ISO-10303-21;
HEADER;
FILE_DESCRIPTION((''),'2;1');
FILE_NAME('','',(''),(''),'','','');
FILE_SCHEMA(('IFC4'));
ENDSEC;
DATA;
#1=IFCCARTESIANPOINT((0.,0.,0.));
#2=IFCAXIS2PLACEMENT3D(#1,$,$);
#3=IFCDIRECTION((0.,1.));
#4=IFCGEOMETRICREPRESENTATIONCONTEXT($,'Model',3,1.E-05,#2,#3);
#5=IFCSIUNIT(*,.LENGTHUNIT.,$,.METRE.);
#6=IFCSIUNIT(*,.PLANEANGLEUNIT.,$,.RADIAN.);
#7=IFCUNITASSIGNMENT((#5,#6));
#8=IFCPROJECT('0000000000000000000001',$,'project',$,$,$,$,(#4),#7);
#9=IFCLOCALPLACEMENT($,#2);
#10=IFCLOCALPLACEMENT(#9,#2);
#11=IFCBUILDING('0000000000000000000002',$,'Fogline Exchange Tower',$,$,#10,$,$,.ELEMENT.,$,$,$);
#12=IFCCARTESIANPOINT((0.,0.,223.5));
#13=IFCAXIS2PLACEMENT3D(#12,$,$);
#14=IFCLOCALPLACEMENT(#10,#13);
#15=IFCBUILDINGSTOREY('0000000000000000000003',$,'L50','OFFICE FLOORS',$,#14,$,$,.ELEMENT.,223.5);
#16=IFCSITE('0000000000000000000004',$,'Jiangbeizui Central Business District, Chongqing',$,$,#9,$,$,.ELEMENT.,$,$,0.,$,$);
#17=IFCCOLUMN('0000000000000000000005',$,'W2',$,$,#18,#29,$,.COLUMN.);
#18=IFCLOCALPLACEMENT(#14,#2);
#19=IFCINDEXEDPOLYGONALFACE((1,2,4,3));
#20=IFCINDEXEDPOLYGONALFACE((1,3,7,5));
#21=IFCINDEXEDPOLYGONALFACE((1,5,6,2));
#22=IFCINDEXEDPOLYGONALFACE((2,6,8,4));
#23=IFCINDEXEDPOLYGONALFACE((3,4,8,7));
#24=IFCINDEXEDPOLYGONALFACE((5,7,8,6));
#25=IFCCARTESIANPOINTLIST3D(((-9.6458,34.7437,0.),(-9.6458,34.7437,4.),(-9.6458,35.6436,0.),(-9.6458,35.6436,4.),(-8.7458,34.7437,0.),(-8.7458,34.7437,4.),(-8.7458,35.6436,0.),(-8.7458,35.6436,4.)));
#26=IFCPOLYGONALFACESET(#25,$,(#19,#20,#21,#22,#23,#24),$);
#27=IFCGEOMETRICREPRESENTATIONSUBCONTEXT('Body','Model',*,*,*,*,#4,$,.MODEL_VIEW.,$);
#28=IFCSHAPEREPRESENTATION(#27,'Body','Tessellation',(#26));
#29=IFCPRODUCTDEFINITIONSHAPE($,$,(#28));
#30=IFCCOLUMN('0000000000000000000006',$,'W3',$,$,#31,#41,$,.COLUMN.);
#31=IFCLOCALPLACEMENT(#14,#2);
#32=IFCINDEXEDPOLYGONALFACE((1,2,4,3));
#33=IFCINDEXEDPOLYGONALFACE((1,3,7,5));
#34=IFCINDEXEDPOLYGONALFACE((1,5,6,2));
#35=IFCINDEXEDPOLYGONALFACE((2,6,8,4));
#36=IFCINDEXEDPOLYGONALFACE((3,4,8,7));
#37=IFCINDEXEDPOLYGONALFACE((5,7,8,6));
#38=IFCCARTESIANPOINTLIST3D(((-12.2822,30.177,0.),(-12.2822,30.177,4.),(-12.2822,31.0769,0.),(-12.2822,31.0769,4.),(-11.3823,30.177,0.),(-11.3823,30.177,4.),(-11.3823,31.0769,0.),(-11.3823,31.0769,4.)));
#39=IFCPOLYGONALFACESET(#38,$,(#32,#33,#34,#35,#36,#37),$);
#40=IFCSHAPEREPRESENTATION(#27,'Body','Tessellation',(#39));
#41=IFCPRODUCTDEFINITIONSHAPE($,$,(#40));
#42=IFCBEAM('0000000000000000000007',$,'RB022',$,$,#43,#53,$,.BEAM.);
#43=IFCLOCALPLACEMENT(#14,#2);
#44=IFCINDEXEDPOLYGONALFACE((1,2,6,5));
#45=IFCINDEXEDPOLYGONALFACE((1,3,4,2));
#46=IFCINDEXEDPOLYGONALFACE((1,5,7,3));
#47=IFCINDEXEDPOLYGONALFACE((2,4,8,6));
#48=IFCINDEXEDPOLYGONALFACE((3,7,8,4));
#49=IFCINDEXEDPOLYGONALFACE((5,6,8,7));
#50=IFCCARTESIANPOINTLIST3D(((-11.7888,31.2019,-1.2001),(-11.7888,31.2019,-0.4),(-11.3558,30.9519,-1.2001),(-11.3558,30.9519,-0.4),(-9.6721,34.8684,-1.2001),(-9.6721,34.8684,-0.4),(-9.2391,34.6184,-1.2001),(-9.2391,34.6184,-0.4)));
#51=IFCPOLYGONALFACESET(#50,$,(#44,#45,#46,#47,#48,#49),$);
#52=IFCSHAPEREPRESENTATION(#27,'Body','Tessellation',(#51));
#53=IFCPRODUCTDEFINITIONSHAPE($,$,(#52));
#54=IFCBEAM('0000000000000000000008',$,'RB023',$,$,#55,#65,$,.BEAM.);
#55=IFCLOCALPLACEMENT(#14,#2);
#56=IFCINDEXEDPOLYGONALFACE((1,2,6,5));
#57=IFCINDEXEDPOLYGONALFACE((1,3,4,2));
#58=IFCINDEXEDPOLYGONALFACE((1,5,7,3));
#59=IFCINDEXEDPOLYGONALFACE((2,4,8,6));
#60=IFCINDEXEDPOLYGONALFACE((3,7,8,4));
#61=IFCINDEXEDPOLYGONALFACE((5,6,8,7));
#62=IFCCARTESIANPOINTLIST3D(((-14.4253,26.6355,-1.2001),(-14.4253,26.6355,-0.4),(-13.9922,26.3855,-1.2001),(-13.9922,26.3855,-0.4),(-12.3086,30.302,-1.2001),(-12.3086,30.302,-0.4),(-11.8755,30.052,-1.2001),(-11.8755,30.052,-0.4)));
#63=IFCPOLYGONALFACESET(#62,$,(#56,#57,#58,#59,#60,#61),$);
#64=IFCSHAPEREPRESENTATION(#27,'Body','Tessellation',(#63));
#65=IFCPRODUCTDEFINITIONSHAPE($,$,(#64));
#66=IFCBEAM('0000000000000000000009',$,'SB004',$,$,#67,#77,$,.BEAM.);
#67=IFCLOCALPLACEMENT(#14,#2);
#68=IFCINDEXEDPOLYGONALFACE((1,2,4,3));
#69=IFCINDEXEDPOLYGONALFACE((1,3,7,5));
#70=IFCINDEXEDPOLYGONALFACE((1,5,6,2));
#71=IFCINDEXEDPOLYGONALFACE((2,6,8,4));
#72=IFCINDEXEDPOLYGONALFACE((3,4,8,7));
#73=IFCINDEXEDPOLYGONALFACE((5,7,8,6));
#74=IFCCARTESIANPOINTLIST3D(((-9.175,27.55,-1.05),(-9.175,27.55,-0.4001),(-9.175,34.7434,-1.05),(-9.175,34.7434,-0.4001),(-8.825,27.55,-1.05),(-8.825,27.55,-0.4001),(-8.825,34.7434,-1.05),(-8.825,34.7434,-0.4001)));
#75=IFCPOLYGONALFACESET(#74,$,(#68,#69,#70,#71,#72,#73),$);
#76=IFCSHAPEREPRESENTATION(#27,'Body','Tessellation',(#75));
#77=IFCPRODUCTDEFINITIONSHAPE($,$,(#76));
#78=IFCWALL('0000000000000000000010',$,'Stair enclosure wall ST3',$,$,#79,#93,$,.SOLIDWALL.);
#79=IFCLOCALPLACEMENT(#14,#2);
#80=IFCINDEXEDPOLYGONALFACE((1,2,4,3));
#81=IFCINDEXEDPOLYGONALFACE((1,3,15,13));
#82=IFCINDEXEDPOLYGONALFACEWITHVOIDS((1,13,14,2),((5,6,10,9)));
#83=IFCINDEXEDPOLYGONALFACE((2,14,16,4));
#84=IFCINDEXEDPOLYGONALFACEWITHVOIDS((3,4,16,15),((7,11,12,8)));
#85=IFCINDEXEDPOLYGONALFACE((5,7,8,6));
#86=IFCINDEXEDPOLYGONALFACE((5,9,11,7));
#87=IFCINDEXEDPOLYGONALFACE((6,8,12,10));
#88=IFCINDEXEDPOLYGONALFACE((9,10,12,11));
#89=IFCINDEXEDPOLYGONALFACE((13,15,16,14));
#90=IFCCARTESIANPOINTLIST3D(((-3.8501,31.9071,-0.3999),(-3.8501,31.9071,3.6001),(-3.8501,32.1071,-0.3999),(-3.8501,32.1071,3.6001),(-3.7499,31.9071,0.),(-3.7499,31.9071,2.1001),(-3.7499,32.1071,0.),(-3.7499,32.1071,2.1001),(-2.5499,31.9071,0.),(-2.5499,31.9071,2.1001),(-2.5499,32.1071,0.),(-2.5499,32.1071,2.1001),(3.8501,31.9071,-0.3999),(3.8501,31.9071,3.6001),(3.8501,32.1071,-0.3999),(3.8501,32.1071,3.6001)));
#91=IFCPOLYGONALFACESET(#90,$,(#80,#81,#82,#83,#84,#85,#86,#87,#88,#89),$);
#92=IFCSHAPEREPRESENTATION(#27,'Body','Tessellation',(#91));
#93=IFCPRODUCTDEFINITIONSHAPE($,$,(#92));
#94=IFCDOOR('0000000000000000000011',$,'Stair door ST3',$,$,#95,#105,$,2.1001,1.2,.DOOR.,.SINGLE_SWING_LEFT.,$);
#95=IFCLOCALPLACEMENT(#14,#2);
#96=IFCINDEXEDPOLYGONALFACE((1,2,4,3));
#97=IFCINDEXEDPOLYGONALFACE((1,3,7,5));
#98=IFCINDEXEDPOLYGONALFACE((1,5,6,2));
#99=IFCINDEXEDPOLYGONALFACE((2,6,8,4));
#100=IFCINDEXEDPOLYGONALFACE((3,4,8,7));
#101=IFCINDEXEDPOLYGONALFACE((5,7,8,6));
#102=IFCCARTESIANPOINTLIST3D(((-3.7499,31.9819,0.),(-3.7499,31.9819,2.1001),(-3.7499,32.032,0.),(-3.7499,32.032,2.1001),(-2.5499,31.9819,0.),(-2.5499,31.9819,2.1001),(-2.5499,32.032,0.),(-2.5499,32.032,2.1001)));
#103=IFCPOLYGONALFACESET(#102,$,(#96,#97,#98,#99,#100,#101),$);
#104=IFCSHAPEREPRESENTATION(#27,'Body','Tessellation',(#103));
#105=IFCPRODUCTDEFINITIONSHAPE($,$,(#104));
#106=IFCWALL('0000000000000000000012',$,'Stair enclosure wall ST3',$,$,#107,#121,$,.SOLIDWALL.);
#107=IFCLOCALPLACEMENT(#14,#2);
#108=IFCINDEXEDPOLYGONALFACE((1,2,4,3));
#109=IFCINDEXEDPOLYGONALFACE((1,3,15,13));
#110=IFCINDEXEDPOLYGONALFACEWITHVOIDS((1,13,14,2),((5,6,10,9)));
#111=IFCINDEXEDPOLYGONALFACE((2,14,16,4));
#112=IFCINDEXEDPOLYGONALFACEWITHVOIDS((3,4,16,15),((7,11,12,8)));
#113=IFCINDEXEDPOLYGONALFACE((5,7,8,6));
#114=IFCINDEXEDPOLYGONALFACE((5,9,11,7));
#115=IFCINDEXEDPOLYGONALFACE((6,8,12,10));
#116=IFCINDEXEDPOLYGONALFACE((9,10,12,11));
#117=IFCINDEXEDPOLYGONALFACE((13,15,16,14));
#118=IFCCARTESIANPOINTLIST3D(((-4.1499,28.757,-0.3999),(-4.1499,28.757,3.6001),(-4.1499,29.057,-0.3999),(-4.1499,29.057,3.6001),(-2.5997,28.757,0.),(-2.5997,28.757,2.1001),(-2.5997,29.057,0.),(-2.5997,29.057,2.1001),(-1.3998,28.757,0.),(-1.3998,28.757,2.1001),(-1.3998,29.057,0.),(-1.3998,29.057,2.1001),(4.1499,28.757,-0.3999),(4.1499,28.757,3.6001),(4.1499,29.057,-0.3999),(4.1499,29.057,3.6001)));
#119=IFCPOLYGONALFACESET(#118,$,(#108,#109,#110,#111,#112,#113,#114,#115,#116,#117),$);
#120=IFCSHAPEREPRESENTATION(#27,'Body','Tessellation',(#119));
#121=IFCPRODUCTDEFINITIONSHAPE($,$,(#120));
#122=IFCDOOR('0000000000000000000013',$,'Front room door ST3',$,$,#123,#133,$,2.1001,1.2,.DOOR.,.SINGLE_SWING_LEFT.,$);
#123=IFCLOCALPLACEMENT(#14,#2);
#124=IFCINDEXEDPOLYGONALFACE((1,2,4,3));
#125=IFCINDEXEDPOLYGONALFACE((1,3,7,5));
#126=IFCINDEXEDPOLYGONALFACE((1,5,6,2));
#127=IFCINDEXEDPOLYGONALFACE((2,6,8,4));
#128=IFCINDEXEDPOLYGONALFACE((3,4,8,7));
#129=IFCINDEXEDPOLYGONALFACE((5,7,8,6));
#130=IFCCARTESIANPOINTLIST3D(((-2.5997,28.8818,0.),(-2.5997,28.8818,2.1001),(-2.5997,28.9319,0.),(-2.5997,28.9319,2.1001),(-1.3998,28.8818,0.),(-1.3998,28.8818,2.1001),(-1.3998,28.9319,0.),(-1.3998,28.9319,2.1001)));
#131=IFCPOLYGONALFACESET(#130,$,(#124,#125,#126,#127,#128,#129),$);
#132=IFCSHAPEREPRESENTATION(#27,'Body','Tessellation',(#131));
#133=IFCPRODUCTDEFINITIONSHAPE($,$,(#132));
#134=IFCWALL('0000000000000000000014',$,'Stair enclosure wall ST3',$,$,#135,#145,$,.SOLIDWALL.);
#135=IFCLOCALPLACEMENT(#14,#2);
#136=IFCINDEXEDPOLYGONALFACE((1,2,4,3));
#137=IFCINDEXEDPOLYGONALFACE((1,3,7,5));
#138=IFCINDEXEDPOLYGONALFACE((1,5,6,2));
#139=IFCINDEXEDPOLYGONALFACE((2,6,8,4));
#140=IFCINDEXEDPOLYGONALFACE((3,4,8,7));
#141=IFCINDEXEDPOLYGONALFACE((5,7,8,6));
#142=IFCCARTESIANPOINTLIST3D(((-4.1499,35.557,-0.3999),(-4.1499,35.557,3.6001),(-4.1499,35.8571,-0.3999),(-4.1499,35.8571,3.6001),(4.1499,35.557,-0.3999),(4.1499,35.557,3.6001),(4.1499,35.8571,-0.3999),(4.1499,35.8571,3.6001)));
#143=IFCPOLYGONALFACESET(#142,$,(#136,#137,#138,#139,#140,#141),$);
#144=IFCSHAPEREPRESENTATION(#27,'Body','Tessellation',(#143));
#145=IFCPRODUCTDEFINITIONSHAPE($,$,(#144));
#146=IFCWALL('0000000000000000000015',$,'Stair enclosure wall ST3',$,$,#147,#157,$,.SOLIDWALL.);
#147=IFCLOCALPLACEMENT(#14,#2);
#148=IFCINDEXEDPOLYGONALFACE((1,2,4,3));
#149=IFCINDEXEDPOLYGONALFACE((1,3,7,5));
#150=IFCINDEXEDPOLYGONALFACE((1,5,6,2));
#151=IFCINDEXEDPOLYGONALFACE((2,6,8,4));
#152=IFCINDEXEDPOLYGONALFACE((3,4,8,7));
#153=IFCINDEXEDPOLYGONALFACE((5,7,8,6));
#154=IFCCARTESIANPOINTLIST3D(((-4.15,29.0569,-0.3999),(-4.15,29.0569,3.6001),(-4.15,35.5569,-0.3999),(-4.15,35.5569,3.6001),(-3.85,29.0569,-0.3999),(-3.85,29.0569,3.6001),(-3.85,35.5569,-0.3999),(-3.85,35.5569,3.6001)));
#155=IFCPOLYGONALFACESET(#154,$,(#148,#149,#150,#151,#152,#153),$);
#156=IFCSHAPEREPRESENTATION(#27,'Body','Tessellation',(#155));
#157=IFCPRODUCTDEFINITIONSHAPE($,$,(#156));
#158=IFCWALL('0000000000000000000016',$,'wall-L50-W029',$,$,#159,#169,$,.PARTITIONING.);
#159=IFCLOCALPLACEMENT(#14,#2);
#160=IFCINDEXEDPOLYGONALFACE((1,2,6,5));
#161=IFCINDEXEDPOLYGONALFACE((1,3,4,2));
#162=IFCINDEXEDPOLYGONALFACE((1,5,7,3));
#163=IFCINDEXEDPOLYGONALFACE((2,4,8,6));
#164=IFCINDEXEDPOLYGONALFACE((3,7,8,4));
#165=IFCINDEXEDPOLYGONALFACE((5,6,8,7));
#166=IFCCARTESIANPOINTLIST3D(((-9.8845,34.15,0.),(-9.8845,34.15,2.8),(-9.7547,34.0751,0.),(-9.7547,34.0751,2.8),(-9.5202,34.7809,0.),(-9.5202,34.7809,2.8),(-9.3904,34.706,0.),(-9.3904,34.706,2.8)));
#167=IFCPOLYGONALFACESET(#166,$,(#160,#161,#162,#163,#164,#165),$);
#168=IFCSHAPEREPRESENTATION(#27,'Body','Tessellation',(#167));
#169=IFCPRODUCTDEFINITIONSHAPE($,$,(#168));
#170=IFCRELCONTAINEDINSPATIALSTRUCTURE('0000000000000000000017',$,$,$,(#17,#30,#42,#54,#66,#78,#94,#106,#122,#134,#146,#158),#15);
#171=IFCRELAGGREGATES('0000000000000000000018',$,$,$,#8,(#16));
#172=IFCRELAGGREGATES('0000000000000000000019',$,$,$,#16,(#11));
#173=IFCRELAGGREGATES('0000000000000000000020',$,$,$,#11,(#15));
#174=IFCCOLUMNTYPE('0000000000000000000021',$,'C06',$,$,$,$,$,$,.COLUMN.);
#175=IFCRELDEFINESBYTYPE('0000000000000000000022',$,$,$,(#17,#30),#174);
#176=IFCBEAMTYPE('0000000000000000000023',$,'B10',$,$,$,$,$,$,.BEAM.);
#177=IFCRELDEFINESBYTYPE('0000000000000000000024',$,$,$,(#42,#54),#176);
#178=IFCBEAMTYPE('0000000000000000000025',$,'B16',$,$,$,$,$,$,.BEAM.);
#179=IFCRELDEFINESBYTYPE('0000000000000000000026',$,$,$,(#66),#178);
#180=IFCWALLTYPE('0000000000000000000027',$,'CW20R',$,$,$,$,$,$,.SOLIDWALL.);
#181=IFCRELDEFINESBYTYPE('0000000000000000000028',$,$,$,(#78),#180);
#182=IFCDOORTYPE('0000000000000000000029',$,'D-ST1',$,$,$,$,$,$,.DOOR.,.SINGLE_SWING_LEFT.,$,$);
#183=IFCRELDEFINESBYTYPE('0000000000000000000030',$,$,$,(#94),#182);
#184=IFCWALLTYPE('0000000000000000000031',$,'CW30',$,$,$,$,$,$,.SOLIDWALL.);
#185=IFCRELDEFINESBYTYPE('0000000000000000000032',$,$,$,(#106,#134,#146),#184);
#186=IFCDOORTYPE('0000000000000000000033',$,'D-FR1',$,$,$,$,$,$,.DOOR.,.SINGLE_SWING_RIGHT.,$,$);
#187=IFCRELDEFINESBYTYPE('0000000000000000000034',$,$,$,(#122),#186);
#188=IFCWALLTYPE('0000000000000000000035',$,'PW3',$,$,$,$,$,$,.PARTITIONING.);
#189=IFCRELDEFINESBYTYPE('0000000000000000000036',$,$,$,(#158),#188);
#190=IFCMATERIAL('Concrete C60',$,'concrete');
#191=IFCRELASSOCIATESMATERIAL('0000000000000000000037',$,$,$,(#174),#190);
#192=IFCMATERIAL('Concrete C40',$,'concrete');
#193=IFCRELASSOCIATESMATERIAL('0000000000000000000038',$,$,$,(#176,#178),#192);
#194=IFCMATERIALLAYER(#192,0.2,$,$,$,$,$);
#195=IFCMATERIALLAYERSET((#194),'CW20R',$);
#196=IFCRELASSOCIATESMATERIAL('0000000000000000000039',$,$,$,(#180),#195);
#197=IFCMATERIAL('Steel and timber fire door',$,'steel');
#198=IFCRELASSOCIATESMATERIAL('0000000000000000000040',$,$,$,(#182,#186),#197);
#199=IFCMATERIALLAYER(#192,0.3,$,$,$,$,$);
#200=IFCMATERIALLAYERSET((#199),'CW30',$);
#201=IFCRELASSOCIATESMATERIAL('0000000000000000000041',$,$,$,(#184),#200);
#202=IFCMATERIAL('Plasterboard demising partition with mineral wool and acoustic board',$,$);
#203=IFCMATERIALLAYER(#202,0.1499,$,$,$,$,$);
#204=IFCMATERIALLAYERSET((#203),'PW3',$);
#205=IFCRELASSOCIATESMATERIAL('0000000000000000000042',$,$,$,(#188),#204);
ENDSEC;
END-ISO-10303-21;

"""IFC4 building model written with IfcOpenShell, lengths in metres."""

from ifc_helpers import new_model, si_unit, direction, frame, frame_2d, origin, origin_2d, place, context, subcontext, project, spatial, rectangle, extrude, material, layer, layer_set, material_profile, profile_set, type_object, element, fill, save


model = new_model("IFC4")

# Units and contexts
model_context = context("Model", 3, precision=1e-05, world=origin(), true_north=direction((0.0, 1.0)))
body_context = subcontext(model_context, "Body", "Model", "MODEL_VIEW")
ifc_project = project(units=[si_unit("LENGTHUNIT", "METRE"), si_unit("PLANEANGLEUNIT", "RADIAN")], contexts=[model_context])

# Site, building, storey
site_placement = place(None, origin())
site = spatial("IfcSite", under=ifc_project, at=site_placement, Name="Jiangbeizui Central Business District, Chongqing", CompositionType="ELEMENT", RefElevation=0.0)
building_placement = place(site_placement, origin())
building = spatial("IfcBuilding", under=site, at=building_placement, Name="Fogline Exchange Tower", CompositionType="ELEMENT")
storey_placement = place(building_placement, frame((0.0, 0.0, 223.5)))
storey = spatial("IfcBuildingStorey", under=building, at=storey_placement, Name="L50", Description="OFFICE FLOORS", CompositionType="ELEMENT", Elevation=223.5)

# Columns
ifc_material_1 = material(Name="Concrete C60", Category="concrete")
ifc_material_profile_1 = material_profile(ifc_material_1, rectangle(XDim=0.8999, YDim=0.8999, at=origin_2d()), Name="RC 900x900")
ifc_profile_set_1 = profile_set([ifc_material_profile_1], Name="Concrete C60")
column_type = type_object("IfcColumnType", Name="C06", PredefinedType="COLUMN", material=ifc_profile_set_1)
for number, where, z_axis, x_axis, name in (
    (1, (-9.1958, 35.1936, 0.0), (0.0, 0.0, 1.0), (1.0, 0.0, 0.0), "W2"),
    (2, (-11.8323, 30.627, 0.0), (0.0, 0.0, 1.0), (1.0, 0.0, 0.0), "W3"),
):
    element("IfcColumn", number, at=place(storey_placement, frame(where, z_axis=z_axis, x_axis=x_axis)), inside=storey, type_object=column_type, Name=name, PredefinedType="COLUMN", context=body_context, shape_type="SweptSolid", body=[
        extrude(rectangle(XDim=0.8999, YDim=0.8999, at=origin_2d()), origin(), (0.0, 0.0, 1.0), 4.0),
    ])

# Beams
ifc_material_2 = material(Name="Concrete C40", Category="concrete")
ifc_material_profile_2 = material_profile(ifc_material_2, rectangle(XDim=0.5, YDim=0.8, at=origin_2d()), Name="RC 500x800")
ifc_profile_set_2 = profile_set([ifc_material_profile_2], Name="Concrete C40")
beam_type_1 = type_object("IfcBeamType", Name="B10", PredefinedType="BEAM", material=ifc_profile_set_2)
for number, where, z_axis, x_axis, name in (
    (3, (-9.4556, 34.7434, -0.8), (-0.499972, -0.866042, 0.0), (0.866042, -0.499972, 0.0), "RB022"),
    (4, (-12.092, 30.177, -0.8), (-0.499972, -0.866042, 0.0), (0.866042, -0.499972, 0.0), "RB023"),
):
    element("IfcBeam", number, at=place(storey_placement, frame(where, z_axis=z_axis, x_axis=x_axis)), inside=storey, type_object=beam_type_1, Name=name, PredefinedType="BEAM", context=body_context, shape_type="SweptSolid", body=[
        extrude(rectangle(XDim=0.5, YDim=0.8, at=origin_2d()), origin(), (0.0, 0.0, 1.0), 4.2336),
    ])
ifc_material_profile_3 = material_profile(ifc_material_2, rectangle(XDim=0.3501, YDim=0.6499, at=origin_2d()), Name="RC 350x650")
ifc_profile_set_3 = profile_set([ifc_material_profile_3], Name="Concrete C40")
beam_type_2 = type_object("IfcBeamType", Name="B16", PredefinedType="BEAM", material=ifc_profile_set_3)
beam_placement = place(storey_placement, frame((-9.0, 27.55, -0.7251), z_axis=(0.0, 1.0, 0.0), x_axis=(-1.0, 0.0, 0.0)))
element("IfcBeam", 5, at=beam_placement, inside=storey, type_object=beam_type_2, Name="SB004", PredefinedType="BEAM", context=body_context, shape_type="SweptSolid", body=[
    extrude(rectangle(XDim=0.3501, YDim=0.6499, at=origin_2d()), origin(), (0.0, 0.0, 1.0), 7.1934),
])

# Walls, openings, doors
ifc_layer_1 = layer(ifc_material_2, 0.2)
ifc_layer_set_1 = layer_set([ifc_layer_1], Name="CW20R")
wall_type_1 = type_object("IfcWallType", Name="CW20R", PredefinedType="SOLIDWALL", material=ifc_layer_set_1)
wall_1_placement = place(storey_placement, frame((-3.8501, 32.0071, -0.3999), z_axis=(0.0, 0.0, 1.0), x_axis=(1.0, 0.0, 0.0)))
wall_1 = element("IfcWall", 6, at=wall_1_placement, inside=storey, type_object=wall_type_1, Name="Stair enclosure wall ST3", PredefinedType="SOLIDWALL", context=body_context, shape_type="SweptSolid", body=[
    extrude(rectangle(XDim=7.7002, YDim=0.2, at=frame_2d((3.8501, 0.0))), origin(), (0.0, 0.0, 1.0), 4.0),
])
opening_1_placement = place(wall_1_placement, frame((0.1001, 0.0, 0.3999)))
opening_1 = element("IfcOpeningElement", 7, at=opening_1_placement, cuts=wall_1, PredefinedType="OPENING", context=body_context, shape_type="SweptSolid", body=[
    extrude(rectangle(XDim=1.2, YDim=2.1001, at=frame_2d((0.6001, 1.05))), frame((0.0, 0.1099, 0.0), z_axis=(0.0, -1.0, 0.0), x_axis=(1.0, 0.0, 0.0)), (0.0, 0.0, 1.0), 0.22),
])
ifc_material_3 = material(Name="Steel and timber fire door", Category="steel")
door_type_1 = type_object("IfcDoorType", Name="D-ST1", OperationType="SINGLE_SWING_LEFT", PredefinedType="DOOR", material=ifc_material_3)
door_1_placement = place(opening_1_placement, origin())
door_1 = element("IfcDoor", 8, at=door_1_placement, inside=storey, type_object=door_type_1, Name="Stair door ST3", OperationType="SINGLE_SWING_LEFT", OverallHeight=2.1001, OverallWidth=1.2, PredefinedType="DOOR", context=body_context, shape_type="SweptSolid", body=[
    extrude(rectangle(XDim=1.2, YDim=2.1001, at=frame_2d((0.6001, 1.05))), frame((0.0, 0.0249, 0.0), z_axis=(0.0, -1.0, 0.0), x_axis=(1.0, 0.0, 0.0)), (0.0, 0.0, 1.0), 0.05),
])
fill(opening_1, door_1)
ifc_layer_2 = layer(ifc_material_2, 0.3)
ifc_layer_set_2 = layer_set([ifc_layer_2], Name="CW30")
wall_type_2 = type_object("IfcWallType", Name="CW30", PredefinedType="SOLIDWALL", material=ifc_layer_set_2)
wall_2_placement = place(storey_placement, frame((-4.1499, 28.907, -0.3999), z_axis=(0.0, 0.0, 1.0), x_axis=(1.0, 0.0, 0.0)))
wall_2 = element("IfcWall", 9, at=wall_2_placement, inside=storey, type_object=wall_type_2, Name="Stair enclosure wall ST3", PredefinedType="SOLIDWALL", context=body_context, shape_type="SweptSolid", body=[
    extrude(rectangle(XDim=8.2998, YDim=0.3, at=frame_2d((4.1499, 0.0))), origin(), (0.0, 0.0, 1.0), 4.0),
])
opening_2_placement = place(wall_2_placement, frame((1.55, 0.0, 0.3999)))
opening_2 = element("IfcOpeningElement", 10, at=opening_2_placement, cuts=wall_2, PredefinedType="OPENING", context=body_context, shape_type="SweptSolid", body=[
    extrude(rectangle(XDim=1.2, YDim=2.1001, at=frame_2d((0.6001, 1.05))), frame((0.0, 0.1602, 0.0), z_axis=(0.0, -1.0, 0.0), x_axis=(1.0, 0.0, 0.0)), (0.0, 0.0, 1.0), 0.3201),
])
door_type_2 = type_object("IfcDoorType", Name="D-FR1", OperationType="SINGLE_SWING_RIGHT", PredefinedType="DOOR", material=ifc_material_3)
door_2_placement = place(opening_2_placement, origin())
door_2 = element("IfcDoor", 11, at=door_2_placement, inside=storey, type_object=door_type_2, Name="Front room door ST3", OperationType="SINGLE_SWING_LEFT", OverallHeight=2.1001, OverallWidth=1.2, PredefinedType="DOOR", context=body_context, shape_type="SweptSolid", body=[
    extrude(rectangle(XDim=1.2, YDim=2.1001, at=frame_2d((0.6001, 1.05))), frame((0.0, 0.0249, 0.0), z_axis=(0.0, -1.0, 0.0), x_axis=(1.0, 0.0, 0.0)), (0.0, 0.0, 1.0), 0.05),
])
fill(opening_2, door_2)

# Walls
wall_3_placement = place(storey_placement, frame((-4.1499, 35.707, -0.3999), z_axis=(0.0, 0.0, 1.0), x_axis=(1.0, 0.0, 0.0)))
element("IfcWall", 12, at=wall_3_placement, inside=storey, type_object=wall_type_2, Name="Stair enclosure wall ST3", PredefinedType="SOLIDWALL", context=body_context, shape_type="SweptSolid", body=[
    extrude(rectangle(XDim=8.2998, YDim=0.3, at=frame_2d((4.1499, 0.0))), origin(), (0.0, 0.0, 1.0), 4.0),
])
wall_4_placement = place(storey_placement, frame((-4.0, 29.0569, -0.3999), z_axis=(0.0, 0.0, 1.0), x_axis=(0.0, 1.0, 0.0)))
element("IfcWall", 13, at=wall_4_placement, inside=storey, type_object=wall_type_2, Name="Stair enclosure wall ST3", PredefinedType="SOLIDWALL", context=body_context, shape_type="SweptSolid", body=[
    extrude(rectangle(XDim=6.5, YDim=0.3, at=frame_2d((3.25, 0.0))), origin(), (0.0, 0.0, 1.0), 4.0),
])
ifc_material_4 = material(Name="Plasterboard demising partition with mineral wool and acoustic board")
ifc_layer_3 = layer(ifc_material_4, 0.1499)
ifc_layer_set_3 = layer_set([ifc_layer_3], Name="PW3")
wall_type_3 = type_object("IfcWallType", Name="PW3", PredefinedType="PARTITIONING", material=ifc_layer_set_3)
wall_5_placement = place(storey_placement, frame((-9.8196, 34.1125, 0.0), z_axis=(0.0, 0.0, 1.0), x_axis=(0.500032, 0.866007, 0.0)))
element("IfcWall", 14, at=wall_5_placement, inside=storey, type_object=wall_type_3, Name="wall-L50-W029", PredefinedType="PARTITIONING", context=body_context, shape_type="SweptSolid", body=[
    extrude(rectangle(XDim=0.7285, YDim=0.1499, at=frame_2d((0.3643, 0.0))), origin(), (0.0, 0.0, 1.0), 2.8),
])

save(model, "model.ifc")
